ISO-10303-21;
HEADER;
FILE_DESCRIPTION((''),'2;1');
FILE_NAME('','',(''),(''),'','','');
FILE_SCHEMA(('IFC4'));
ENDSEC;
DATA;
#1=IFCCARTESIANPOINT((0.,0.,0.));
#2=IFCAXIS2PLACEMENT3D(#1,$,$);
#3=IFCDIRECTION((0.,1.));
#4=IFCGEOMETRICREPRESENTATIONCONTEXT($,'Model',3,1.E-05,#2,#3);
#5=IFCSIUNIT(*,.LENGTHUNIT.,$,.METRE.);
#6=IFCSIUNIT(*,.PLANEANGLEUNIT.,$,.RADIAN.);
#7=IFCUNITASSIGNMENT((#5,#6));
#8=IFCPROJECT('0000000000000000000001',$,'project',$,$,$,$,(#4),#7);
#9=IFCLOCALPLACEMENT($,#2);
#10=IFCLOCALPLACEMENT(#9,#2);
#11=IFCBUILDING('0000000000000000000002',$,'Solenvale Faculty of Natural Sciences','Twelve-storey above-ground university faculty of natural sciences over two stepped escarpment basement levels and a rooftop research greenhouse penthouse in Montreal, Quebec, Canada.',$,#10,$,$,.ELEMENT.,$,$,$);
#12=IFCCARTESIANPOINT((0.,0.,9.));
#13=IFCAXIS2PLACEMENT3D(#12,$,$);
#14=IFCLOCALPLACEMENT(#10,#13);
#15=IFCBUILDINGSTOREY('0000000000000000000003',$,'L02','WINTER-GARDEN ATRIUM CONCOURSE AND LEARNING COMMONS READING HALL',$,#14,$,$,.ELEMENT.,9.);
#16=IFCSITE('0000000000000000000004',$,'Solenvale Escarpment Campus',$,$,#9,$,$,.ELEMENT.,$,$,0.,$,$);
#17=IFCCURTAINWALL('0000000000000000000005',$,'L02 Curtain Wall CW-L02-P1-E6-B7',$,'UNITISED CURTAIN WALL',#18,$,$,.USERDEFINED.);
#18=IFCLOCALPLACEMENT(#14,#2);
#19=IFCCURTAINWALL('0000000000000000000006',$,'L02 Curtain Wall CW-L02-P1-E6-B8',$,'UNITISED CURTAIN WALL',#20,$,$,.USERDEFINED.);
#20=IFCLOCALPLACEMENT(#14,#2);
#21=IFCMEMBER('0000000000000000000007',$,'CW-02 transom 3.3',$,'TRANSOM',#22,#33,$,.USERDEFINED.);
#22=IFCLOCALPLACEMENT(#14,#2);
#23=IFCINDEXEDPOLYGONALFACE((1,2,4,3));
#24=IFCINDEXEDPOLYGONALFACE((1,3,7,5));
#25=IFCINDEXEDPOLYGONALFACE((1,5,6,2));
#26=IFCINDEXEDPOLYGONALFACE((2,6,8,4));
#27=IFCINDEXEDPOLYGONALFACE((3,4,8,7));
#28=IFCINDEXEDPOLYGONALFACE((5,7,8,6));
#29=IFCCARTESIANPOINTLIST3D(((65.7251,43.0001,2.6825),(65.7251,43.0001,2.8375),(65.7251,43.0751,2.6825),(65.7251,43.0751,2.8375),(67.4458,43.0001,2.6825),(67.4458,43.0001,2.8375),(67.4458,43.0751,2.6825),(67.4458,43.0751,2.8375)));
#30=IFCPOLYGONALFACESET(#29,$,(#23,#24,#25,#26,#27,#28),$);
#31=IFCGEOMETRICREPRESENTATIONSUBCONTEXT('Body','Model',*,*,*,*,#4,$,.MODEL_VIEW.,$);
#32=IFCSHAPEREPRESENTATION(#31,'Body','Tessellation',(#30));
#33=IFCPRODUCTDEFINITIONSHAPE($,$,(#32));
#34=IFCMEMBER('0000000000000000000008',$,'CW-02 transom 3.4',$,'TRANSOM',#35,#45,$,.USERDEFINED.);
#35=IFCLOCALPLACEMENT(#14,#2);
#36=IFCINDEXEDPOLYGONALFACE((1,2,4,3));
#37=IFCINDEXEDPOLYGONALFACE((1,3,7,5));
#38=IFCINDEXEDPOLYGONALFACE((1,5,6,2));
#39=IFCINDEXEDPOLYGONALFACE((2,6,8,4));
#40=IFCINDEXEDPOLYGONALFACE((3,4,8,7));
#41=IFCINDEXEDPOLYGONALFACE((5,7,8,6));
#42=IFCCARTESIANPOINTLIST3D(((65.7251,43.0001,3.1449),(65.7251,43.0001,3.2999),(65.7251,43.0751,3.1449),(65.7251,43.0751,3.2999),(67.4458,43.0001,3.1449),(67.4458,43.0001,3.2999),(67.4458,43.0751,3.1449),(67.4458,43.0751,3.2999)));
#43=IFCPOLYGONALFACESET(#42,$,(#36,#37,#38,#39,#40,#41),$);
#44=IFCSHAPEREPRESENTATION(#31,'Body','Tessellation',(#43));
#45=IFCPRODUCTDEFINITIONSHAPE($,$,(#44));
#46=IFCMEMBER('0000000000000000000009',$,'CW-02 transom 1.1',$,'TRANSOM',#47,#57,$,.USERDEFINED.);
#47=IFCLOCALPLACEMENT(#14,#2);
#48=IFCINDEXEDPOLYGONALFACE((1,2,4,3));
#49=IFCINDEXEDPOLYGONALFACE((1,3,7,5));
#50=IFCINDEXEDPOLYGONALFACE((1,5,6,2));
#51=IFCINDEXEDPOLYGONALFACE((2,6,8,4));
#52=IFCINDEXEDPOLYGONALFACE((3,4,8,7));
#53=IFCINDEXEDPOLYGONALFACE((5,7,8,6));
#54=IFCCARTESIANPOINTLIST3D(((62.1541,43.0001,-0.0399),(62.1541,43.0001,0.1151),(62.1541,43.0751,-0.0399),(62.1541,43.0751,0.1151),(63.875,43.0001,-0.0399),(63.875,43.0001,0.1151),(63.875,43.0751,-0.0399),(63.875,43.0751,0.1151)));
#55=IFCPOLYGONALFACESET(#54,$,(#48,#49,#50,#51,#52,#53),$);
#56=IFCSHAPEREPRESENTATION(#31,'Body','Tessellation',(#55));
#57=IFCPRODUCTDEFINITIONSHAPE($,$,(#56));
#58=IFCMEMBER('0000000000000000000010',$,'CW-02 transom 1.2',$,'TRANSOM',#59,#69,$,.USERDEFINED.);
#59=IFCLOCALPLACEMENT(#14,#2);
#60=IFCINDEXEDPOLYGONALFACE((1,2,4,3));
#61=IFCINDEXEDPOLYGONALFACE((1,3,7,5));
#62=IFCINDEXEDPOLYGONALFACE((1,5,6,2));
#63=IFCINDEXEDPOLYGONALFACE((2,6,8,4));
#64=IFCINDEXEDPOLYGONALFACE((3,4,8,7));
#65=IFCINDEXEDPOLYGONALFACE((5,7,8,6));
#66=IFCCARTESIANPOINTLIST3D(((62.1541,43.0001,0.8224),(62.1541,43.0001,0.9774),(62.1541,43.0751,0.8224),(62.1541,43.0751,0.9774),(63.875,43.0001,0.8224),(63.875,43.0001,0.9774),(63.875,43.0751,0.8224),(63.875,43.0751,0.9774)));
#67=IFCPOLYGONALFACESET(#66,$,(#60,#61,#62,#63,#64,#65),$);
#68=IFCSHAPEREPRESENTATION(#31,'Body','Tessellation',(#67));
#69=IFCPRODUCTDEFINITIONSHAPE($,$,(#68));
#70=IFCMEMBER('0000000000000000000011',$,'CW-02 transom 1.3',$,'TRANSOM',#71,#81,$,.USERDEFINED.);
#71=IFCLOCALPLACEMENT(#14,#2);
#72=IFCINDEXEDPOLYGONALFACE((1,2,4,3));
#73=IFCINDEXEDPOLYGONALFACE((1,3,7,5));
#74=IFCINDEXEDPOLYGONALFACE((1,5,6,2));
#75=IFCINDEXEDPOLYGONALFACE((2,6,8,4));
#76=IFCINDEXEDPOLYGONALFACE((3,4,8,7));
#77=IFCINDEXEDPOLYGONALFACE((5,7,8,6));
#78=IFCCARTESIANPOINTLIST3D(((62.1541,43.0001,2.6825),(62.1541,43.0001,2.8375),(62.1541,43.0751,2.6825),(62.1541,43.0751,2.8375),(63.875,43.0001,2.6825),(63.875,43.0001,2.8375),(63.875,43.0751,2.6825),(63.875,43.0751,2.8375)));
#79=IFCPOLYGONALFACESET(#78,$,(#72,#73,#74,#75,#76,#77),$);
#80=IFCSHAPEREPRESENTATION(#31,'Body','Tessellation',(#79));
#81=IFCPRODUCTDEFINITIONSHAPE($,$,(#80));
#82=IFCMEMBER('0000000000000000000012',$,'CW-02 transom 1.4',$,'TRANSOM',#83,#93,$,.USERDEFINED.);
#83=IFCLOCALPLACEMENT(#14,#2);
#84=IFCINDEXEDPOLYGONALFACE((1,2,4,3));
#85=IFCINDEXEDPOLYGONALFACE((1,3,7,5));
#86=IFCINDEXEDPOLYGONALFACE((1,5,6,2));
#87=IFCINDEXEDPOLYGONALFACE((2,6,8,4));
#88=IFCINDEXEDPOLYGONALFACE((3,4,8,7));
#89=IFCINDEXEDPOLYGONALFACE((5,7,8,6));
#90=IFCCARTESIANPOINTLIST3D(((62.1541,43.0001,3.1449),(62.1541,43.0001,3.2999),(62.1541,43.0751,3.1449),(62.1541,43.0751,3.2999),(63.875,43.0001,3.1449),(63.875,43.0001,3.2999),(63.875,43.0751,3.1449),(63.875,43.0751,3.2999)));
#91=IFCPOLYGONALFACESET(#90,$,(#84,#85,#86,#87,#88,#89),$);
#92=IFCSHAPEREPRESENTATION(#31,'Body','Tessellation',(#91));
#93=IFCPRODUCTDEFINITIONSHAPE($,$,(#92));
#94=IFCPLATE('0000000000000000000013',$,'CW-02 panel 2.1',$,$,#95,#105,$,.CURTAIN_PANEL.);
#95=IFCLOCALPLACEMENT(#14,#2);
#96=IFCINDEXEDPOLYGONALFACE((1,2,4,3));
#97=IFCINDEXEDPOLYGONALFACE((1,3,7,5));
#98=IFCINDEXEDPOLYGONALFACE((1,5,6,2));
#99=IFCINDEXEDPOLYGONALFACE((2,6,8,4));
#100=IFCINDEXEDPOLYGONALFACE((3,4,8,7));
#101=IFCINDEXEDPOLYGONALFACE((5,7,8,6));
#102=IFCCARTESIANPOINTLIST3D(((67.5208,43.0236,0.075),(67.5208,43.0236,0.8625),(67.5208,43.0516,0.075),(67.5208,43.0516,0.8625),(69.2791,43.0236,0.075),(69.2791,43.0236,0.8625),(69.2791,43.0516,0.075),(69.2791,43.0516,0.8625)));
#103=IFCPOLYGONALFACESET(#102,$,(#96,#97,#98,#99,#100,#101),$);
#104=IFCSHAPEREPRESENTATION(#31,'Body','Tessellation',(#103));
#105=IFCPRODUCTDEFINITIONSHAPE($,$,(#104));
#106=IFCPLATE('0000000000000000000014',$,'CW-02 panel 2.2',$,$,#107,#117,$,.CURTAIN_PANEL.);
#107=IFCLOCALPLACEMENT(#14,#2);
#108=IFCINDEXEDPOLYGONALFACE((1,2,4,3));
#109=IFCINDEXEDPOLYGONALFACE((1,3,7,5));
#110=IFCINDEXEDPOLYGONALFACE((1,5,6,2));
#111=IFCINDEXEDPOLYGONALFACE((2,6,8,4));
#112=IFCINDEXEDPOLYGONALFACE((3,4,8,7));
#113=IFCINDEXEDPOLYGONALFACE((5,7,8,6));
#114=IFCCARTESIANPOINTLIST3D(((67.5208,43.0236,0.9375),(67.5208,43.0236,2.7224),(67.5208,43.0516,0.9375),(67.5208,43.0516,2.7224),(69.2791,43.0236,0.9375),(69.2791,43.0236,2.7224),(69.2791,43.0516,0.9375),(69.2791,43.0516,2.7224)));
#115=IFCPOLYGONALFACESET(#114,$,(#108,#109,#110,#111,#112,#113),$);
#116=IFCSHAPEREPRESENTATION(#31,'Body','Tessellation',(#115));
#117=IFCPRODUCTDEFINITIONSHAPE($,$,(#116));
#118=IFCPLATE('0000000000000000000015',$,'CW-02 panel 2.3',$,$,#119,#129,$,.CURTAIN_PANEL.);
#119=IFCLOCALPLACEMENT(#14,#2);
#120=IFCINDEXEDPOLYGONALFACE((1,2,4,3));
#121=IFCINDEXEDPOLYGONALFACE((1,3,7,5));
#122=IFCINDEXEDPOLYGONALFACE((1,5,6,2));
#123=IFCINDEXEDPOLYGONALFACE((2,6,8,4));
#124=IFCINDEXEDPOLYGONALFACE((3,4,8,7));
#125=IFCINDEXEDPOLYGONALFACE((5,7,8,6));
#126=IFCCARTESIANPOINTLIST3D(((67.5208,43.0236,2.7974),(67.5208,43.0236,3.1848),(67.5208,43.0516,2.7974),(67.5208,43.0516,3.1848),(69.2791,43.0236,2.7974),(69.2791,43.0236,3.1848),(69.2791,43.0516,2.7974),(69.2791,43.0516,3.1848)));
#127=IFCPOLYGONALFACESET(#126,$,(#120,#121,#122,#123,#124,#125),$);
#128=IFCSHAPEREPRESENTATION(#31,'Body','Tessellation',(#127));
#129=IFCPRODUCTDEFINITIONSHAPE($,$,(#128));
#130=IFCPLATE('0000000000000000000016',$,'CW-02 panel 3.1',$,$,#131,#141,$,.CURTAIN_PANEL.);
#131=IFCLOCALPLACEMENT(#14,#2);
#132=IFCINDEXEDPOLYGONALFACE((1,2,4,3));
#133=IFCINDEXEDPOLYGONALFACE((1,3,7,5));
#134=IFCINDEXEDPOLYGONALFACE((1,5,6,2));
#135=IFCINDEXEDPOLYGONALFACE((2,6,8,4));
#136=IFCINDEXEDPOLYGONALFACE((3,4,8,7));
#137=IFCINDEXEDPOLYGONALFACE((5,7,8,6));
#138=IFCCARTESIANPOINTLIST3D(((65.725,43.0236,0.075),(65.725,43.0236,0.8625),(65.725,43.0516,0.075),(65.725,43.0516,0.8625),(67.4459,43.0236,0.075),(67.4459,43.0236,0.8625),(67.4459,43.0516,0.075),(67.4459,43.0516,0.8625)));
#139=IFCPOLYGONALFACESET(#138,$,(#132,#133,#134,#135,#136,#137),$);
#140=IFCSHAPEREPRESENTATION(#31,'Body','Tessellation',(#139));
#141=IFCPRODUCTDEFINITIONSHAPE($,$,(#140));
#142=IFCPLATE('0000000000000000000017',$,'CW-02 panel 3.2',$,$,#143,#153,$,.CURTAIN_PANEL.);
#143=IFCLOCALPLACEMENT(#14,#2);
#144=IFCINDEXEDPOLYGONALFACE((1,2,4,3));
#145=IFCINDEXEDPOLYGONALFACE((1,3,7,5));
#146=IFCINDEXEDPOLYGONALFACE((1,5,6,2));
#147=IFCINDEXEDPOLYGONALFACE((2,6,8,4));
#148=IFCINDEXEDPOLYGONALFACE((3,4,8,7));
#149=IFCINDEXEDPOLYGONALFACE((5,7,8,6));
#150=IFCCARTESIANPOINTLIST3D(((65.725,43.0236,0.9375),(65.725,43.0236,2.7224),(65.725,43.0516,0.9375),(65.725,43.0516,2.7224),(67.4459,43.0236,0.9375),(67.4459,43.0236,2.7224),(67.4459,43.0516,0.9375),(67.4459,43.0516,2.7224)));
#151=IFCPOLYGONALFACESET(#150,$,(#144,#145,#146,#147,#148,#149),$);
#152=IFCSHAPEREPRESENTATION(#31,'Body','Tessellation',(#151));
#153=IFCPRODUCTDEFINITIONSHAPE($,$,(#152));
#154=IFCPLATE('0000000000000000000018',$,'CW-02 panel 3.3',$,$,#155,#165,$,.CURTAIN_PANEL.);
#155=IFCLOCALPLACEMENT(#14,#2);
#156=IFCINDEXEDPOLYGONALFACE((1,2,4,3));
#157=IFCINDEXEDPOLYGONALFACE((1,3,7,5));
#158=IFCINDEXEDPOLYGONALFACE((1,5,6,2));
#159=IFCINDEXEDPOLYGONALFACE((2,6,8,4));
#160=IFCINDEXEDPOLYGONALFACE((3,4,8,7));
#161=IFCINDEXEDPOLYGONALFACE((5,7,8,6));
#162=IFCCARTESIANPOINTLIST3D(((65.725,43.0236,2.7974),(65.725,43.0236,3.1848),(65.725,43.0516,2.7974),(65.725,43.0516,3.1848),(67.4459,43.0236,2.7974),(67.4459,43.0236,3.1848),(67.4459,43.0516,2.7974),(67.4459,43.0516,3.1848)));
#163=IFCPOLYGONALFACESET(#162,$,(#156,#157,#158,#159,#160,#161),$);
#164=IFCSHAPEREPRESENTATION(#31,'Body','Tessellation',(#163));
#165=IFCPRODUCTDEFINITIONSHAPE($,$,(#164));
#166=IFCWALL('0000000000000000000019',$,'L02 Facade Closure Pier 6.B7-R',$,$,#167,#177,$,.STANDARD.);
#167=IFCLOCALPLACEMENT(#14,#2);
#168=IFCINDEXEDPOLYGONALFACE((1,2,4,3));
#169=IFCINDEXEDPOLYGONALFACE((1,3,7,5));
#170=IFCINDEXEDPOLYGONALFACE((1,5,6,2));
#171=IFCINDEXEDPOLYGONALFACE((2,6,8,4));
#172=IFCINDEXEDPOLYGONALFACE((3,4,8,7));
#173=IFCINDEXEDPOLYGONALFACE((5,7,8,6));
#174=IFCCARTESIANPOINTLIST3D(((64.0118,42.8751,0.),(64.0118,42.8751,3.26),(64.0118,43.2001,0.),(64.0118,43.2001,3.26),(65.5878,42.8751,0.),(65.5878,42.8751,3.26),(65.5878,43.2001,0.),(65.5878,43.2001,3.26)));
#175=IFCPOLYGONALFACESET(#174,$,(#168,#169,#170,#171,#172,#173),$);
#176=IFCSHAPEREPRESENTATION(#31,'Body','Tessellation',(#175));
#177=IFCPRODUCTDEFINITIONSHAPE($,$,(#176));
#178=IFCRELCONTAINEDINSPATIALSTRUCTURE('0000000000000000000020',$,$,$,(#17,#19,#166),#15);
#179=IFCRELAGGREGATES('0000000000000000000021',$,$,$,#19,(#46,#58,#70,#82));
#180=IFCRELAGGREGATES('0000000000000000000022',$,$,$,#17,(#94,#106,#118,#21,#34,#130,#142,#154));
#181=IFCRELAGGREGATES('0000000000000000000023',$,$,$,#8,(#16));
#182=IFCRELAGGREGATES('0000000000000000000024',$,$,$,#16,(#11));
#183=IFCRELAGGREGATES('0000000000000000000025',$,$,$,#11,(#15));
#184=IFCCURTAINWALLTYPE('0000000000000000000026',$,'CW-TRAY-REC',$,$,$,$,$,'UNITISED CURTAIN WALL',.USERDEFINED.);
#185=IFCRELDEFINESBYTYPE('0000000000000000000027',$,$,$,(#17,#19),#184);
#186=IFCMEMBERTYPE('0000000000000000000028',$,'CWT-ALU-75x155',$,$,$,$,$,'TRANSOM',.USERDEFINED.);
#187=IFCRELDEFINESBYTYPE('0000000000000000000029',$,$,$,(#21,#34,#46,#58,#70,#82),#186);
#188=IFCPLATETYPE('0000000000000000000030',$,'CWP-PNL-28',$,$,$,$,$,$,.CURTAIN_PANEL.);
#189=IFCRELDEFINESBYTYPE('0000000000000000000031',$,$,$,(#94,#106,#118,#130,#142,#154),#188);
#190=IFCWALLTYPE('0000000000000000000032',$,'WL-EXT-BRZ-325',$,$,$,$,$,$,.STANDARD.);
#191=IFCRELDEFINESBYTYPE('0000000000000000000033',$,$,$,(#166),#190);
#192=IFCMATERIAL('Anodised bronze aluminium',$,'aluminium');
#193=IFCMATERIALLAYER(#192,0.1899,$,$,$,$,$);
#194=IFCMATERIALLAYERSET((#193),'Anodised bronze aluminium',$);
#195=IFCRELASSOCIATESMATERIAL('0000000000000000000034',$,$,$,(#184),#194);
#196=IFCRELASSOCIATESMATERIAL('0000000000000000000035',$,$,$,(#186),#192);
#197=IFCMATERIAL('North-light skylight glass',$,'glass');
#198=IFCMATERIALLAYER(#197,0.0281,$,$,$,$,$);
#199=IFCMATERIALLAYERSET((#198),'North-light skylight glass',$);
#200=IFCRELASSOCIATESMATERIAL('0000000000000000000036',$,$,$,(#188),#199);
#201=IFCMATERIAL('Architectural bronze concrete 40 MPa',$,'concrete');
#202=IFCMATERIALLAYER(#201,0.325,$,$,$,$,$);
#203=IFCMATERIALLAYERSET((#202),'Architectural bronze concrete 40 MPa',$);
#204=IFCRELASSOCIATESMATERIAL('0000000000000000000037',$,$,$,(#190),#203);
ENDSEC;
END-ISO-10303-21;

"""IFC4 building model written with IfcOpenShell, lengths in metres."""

from ifc_helpers import new_model, si_unit, direction, frame, frame_2d, origin, origin_2d, place, context, subcontext, project, spatial, rectangle, extrude, material, layer, layer_set, material_profile, profile_set, type_object, element, aggregate, save


model = new_model("IFC4")

# Units and contexts
model_context = context("Model", 3, precision=1e-05, world=origin(), true_north=direction((0.0, 1.0)))
body_context = subcontext(model_context, "Body", "Model", "MODEL_VIEW")
ifc_project = project(units=[si_unit("LENGTHUNIT", "METRE"), si_unit("PLANEANGLEUNIT", "RADIAN")], contexts=[model_context])

# Site, building, storey
site_placement = place(None, origin())
site = spatial("IfcSite", under=ifc_project, at=site_placement, Name="Solenvale Escarpment Campus", CompositionType="ELEMENT", RefElevation=0.0)
building_placement = place(site_placement, origin())
building = spatial("IfcBuilding", under=site, at=building_placement, Name="Solenvale Faculty of Natural Sciences", Description="Twelve-storey above-ground university faculty of natural sciences over two stepped escarpment basement levels and a rooftop research greenhouse penthouse in Montreal, Quebec, Canada.", CompositionType="ELEMENT")
storey_placement = place(building_placement, frame((0.0, 0.0, 9.0)))
storey = spatial("IfcBuildingStorey", under=building, at=storey_placement, Name="L02", Description="WINTER-GARDEN ATRIUM CONCOURSE AND LEARNING COMMONS READING HALL", CompositionType="ELEMENT", Elevation=9.0)

# Curtain wall
ifc_material_1 = material(Name="Anodised bronze aluminium", Category="aluminium")
ifc_layer_1 = layer(ifc_material_1, 0.1899)
ifc_layer_set_1 = layer_set([ifc_layer_1], Name="Anodised bronze aluminium")
curtain_wall_type = type_object("IfcCurtainWallType", Name="CW-TRAY-REC", ElementType="UNITISED CURTAIN WALL", PredefinedType="USERDEFINED", material=ifc_layer_set_1)
curtain_wall_1_placement = place(storey_placement, origin())
curtain_wall_1 = element("IfcCurtainWall", 1, at=curtain_wall_1_placement, inside=storey, type_object=curtain_wall_type, Name="L02 Curtain Wall CW-L02-P1-E6-B7", ObjectType="UNITISED CURTAIN WALL", PredefinedType="USERDEFINED")

# Curtain wall
curtain_wall_2_placement = place(storey_placement, origin())
curtain_wall_2 = element("IfcCurtainWall", 2, at=curtain_wall_2_placement, inside=storey, type_object=curtain_wall_type, Name="L02 Curtain Wall CW-L02-P1-E6-B8", ObjectType="UNITISED CURTAIN WALL", PredefinedType="USERDEFINED")

# Members
ifc_material_profile_1 = material_profile(ifc_material_1, rectangle(XDim=0.075, YDim=0.155, at=origin_2d()), Name="ALU-TRN-75x155")
ifc_profile_set_1 = profile_set([ifc_material_profile_1], Name="Anodised bronze aluminium")
member_type_1 = type_object("IfcMemberType", Name="CWT-ALU-75x155", ElementType="TRANSOM", PredefinedType="USERDEFINED", material=ifc_profile_set_1)
member_1_placement = place(storey_placement, frame((67.4458, 43.0376, 2.76), z_axis=(-1.0, 0.0, 0.0), x_axis=(0.0, -1.0, 0.0)))
member_1 = element("IfcMember", 3, at=member_1_placement, type_object=member_type_1, Name="CW-02 transom 3.3", ObjectType="TRANSOM", PredefinedType="USERDEFINED", context=body_context, shape_type="SweptSolid", body=[
    extrude(rectangle(XDim=0.075, YDim=0.155, at=origin_2d()), origin(), (0.0, 0.0, 1.0), 1.7207),
])
member_2_placement = place(storey_placement, frame((67.4458, 43.0376, 3.2224), z_axis=(-1.0, 0.0, 0.0), x_axis=(0.0, -1.0, 0.0)))
member_2 = element("IfcMember", 4, at=member_2_placement, type_object=member_type_1, Name="CW-02 transom 3.4", ObjectType="TRANSOM", PredefinedType="USERDEFINED", context=body_context, shape_type="SweptSolid", body=[
    extrude(rectangle(XDim=0.075, YDim=0.155, at=origin_2d()), origin(), (0.0, 0.0, 1.0), 1.7207),
])
member_3_placement = place(storey_placement, frame((63.875, 43.0376, 0.0376), z_axis=(-1.0, 0.0, 0.0), x_axis=(0.0, -1.0, 0.0)))
member_3 = element("IfcMember", 5, at=member_3_placement, type_object=member_type_1, Name="CW-02 transom 1.1", ObjectType="TRANSOM", PredefinedType="USERDEFINED", context=body_context, shape_type="SweptSolid", body=[
    extrude(rectangle(XDim=0.075, YDim=0.155, at=origin_2d()), origin(), (0.0, 0.0, 1.0), 1.7209),
])
member_4_placement = place(storey_placement, frame((63.875, 43.0376, 0.8999), z_axis=(-1.0, 0.0, 0.0), x_axis=(0.0, -1.0, 0.0)))
member_4 = element("IfcMember", 6, at=member_4_placement, type_object=member_type_1, Name="CW-02 transom 1.2", ObjectType="TRANSOM", PredefinedType="USERDEFINED", context=body_context, shape_type="SweptSolid", body=[
    extrude(rectangle(XDim=0.075, YDim=0.155, at=origin_2d()), origin(), (0.0, 0.0, 1.0), 1.7209),
])
member_5_placement = place(storey_placement, frame((63.875, 43.0376, 2.76), z_axis=(-1.0, 0.0, 0.0), x_axis=(0.0, -1.0, 0.0)))
member_5 = element("IfcMember", 7, at=member_5_placement, type_object=member_type_1, Name="CW-02 transom 1.3", ObjectType="TRANSOM", PredefinedType="USERDEFINED", context=body_context, shape_type="SweptSolid", body=[
    extrude(rectangle(XDim=0.075, YDim=0.155, at=origin_2d()), origin(), (0.0, 0.0, 1.0), 1.7209),
])
member_6_placement = place(storey_placement, frame((63.875, 43.0376, 3.2224), z_axis=(-1.0, 0.0, 0.0), x_axis=(0.0, -1.0, 0.0)))
member_6 = element("IfcMember", 8, at=member_6_placement, type_object=member_type_1, Name="CW-02 transom 1.4", ObjectType="TRANSOM", PredefinedType="USERDEFINED", context=body_context, shape_type="SweptSolid", body=[
    extrude(rectangle(XDim=0.075, YDim=0.155, at=origin_2d()), origin(), (0.0, 0.0, 1.0), 1.7209),
])
aggregate(curtain_wall_2, [member_3, member_4, member_5, member_6])

# Plates
ifc_material_2 = material(Name="North-light skylight glass", Category="glass")
ifc_layer_2 = layer(ifc_material_2, 0.0281)
ifc_layer_set_2 = layer_set([ifc_layer_2], Name="North-light skylight glass")
plate_type = type_object("IfcPlateType", Name="CWP-PNL-28", PredefinedType="CURTAIN_PANEL", material=ifc_layer_set_2)
plate_1_placement = place(storey_placement, frame((68.3999, 43.0376, 0.075), z_axis=(0.0, 0.0, 1.0), x_axis=(-1.0, 0.0, 0.0)))
plate_1 = element("IfcPlate", 9, at=plate_1_placement, type_object=plate_type, Name="CW-02 panel 2.1", PredefinedType="CURTAIN_PANEL", context=body_context, shape_type="SweptSolid", body=[
    extrude(rectangle(XDim=1.7583, YDim=0.0281, at=origin_2d()), origin(), (0.0, 0.0, 1.0), 0.7876),
])
plate_2_placement = place(storey_placement, frame((68.3999, 43.0376, 0.9375), z_axis=(0.0, 0.0, 1.0), x_axis=(-1.0, 0.0, 0.0)))
plate_2 = element("IfcPlate", 10, at=plate_2_placement, type_object=plate_type, Name="CW-02 panel 2.2", PredefinedType="CURTAIN_PANEL", context=body_context, shape_type="SweptSolid", body=[
    extrude(rectangle(XDim=1.7583, YDim=0.0281, at=origin_2d()), origin(), (0.0, 0.0, 1.0), 1.7849),
])
plate_3_placement = place(storey_placement, frame((68.3999, 43.0376, 2.7974), z_axis=(0.0, 0.0, 1.0), x_axis=(-1.0, 0.0, 0.0)))
plate_3 = element("IfcPlate", 11, at=plate_3_placement, type_object=plate_type, Name="CW-02 panel 2.3", PredefinedType="CURTAIN_PANEL", context=body_context, shape_type="SweptSolid", body=[
    extrude(rectangle(XDim=1.7583, YDim=0.0281, at=origin_2d()), origin(), (0.0, 0.0, 1.0), 0.3875),
])
plate_4_placement = place(storey_placement, frame((66.5854, 43.0376, 0.075), z_axis=(0.0, 0.0, 1.0), x_axis=(-1.0, 0.0, 0.0)))
plate_4 = element("IfcPlate", 12, at=plate_4_placement, type_object=plate_type, Name="CW-02 panel 3.1", PredefinedType="CURTAIN_PANEL", context=body_context, shape_type="SweptSolid", body=[
    extrude(rectangle(XDim=1.7209, YDim=0.0281, at=origin_2d()), origin(), (0.0, 0.0, 1.0), 0.7876),
])
plate_5_placement = place(storey_placement, frame((66.5854, 43.0376, 0.9375), z_axis=(0.0, 0.0, 1.0), x_axis=(-1.0, 0.0, 0.0)))
plate_5 = element("IfcPlate", 13, at=plate_5_placement, type_object=plate_type, Name="CW-02 panel 3.2", PredefinedType="CURTAIN_PANEL", context=body_context, shape_type="SweptSolid", body=[
    extrude(rectangle(XDim=1.7209, YDim=0.0281, at=origin_2d()), origin(), (0.0, 0.0, 1.0), 1.7849),
])
plate_6_placement = place(storey_placement, frame((66.5854, 43.0376, 2.7974), z_axis=(0.0, 0.0, 1.0), x_axis=(-1.0, 0.0, 0.0)))
plate_6 = element("IfcPlate", 14, at=plate_6_placement, type_object=plate_type, Name="CW-02 panel 3.3", PredefinedType="CURTAIN_PANEL", context=body_context, shape_type="SweptSolid", body=[
    extrude(rectangle(XDim=1.7209, YDim=0.0281, at=origin_2d()), origin(), (0.0, 0.0, 1.0), 0.3875),
])
aggregate(curtain_wall_1, [plate_1, plate_2, plate_3, member_1, member_2, plate_4, plate_5, plate_6])

# Wall
ifc_material_3 = material(Name="Architectural bronze concrete 40 MPa", Category="concrete")
ifc_layer_3 = layer(ifc_material_3, 0.325)
ifc_layer_set_3 = layer_set([ifc_layer_3], Name="Architectural bronze concrete 40 MPa")
wall_type = type_object("IfcWallType", Name="WL-EXT-BRZ-325", PredefinedType="STANDARD", material=ifc_layer_set_3)
wall_placement = place(storey_placement, frame((65.5879, 43.0376, 0.0), z_axis=(0.0, 0.0, 1.0), x_axis=(-1.0, 0.0, 0.0)))
element("IfcWall", 15, at=wall_placement, inside=storey, type_object=wall_type, Name="L02 Facade Closure Pier 6.B7-R", PredefinedType="STANDARD", context=body_context, shape_type="SweptSolid", body=[
    extrude(rectangle(XDim=1.5759, YDim=0.325, at=frame_2d((0.7881, 0.0))), origin(), (0.0, 0.0, 1.0), 3.26),
])

save(model, "model.ifc")
